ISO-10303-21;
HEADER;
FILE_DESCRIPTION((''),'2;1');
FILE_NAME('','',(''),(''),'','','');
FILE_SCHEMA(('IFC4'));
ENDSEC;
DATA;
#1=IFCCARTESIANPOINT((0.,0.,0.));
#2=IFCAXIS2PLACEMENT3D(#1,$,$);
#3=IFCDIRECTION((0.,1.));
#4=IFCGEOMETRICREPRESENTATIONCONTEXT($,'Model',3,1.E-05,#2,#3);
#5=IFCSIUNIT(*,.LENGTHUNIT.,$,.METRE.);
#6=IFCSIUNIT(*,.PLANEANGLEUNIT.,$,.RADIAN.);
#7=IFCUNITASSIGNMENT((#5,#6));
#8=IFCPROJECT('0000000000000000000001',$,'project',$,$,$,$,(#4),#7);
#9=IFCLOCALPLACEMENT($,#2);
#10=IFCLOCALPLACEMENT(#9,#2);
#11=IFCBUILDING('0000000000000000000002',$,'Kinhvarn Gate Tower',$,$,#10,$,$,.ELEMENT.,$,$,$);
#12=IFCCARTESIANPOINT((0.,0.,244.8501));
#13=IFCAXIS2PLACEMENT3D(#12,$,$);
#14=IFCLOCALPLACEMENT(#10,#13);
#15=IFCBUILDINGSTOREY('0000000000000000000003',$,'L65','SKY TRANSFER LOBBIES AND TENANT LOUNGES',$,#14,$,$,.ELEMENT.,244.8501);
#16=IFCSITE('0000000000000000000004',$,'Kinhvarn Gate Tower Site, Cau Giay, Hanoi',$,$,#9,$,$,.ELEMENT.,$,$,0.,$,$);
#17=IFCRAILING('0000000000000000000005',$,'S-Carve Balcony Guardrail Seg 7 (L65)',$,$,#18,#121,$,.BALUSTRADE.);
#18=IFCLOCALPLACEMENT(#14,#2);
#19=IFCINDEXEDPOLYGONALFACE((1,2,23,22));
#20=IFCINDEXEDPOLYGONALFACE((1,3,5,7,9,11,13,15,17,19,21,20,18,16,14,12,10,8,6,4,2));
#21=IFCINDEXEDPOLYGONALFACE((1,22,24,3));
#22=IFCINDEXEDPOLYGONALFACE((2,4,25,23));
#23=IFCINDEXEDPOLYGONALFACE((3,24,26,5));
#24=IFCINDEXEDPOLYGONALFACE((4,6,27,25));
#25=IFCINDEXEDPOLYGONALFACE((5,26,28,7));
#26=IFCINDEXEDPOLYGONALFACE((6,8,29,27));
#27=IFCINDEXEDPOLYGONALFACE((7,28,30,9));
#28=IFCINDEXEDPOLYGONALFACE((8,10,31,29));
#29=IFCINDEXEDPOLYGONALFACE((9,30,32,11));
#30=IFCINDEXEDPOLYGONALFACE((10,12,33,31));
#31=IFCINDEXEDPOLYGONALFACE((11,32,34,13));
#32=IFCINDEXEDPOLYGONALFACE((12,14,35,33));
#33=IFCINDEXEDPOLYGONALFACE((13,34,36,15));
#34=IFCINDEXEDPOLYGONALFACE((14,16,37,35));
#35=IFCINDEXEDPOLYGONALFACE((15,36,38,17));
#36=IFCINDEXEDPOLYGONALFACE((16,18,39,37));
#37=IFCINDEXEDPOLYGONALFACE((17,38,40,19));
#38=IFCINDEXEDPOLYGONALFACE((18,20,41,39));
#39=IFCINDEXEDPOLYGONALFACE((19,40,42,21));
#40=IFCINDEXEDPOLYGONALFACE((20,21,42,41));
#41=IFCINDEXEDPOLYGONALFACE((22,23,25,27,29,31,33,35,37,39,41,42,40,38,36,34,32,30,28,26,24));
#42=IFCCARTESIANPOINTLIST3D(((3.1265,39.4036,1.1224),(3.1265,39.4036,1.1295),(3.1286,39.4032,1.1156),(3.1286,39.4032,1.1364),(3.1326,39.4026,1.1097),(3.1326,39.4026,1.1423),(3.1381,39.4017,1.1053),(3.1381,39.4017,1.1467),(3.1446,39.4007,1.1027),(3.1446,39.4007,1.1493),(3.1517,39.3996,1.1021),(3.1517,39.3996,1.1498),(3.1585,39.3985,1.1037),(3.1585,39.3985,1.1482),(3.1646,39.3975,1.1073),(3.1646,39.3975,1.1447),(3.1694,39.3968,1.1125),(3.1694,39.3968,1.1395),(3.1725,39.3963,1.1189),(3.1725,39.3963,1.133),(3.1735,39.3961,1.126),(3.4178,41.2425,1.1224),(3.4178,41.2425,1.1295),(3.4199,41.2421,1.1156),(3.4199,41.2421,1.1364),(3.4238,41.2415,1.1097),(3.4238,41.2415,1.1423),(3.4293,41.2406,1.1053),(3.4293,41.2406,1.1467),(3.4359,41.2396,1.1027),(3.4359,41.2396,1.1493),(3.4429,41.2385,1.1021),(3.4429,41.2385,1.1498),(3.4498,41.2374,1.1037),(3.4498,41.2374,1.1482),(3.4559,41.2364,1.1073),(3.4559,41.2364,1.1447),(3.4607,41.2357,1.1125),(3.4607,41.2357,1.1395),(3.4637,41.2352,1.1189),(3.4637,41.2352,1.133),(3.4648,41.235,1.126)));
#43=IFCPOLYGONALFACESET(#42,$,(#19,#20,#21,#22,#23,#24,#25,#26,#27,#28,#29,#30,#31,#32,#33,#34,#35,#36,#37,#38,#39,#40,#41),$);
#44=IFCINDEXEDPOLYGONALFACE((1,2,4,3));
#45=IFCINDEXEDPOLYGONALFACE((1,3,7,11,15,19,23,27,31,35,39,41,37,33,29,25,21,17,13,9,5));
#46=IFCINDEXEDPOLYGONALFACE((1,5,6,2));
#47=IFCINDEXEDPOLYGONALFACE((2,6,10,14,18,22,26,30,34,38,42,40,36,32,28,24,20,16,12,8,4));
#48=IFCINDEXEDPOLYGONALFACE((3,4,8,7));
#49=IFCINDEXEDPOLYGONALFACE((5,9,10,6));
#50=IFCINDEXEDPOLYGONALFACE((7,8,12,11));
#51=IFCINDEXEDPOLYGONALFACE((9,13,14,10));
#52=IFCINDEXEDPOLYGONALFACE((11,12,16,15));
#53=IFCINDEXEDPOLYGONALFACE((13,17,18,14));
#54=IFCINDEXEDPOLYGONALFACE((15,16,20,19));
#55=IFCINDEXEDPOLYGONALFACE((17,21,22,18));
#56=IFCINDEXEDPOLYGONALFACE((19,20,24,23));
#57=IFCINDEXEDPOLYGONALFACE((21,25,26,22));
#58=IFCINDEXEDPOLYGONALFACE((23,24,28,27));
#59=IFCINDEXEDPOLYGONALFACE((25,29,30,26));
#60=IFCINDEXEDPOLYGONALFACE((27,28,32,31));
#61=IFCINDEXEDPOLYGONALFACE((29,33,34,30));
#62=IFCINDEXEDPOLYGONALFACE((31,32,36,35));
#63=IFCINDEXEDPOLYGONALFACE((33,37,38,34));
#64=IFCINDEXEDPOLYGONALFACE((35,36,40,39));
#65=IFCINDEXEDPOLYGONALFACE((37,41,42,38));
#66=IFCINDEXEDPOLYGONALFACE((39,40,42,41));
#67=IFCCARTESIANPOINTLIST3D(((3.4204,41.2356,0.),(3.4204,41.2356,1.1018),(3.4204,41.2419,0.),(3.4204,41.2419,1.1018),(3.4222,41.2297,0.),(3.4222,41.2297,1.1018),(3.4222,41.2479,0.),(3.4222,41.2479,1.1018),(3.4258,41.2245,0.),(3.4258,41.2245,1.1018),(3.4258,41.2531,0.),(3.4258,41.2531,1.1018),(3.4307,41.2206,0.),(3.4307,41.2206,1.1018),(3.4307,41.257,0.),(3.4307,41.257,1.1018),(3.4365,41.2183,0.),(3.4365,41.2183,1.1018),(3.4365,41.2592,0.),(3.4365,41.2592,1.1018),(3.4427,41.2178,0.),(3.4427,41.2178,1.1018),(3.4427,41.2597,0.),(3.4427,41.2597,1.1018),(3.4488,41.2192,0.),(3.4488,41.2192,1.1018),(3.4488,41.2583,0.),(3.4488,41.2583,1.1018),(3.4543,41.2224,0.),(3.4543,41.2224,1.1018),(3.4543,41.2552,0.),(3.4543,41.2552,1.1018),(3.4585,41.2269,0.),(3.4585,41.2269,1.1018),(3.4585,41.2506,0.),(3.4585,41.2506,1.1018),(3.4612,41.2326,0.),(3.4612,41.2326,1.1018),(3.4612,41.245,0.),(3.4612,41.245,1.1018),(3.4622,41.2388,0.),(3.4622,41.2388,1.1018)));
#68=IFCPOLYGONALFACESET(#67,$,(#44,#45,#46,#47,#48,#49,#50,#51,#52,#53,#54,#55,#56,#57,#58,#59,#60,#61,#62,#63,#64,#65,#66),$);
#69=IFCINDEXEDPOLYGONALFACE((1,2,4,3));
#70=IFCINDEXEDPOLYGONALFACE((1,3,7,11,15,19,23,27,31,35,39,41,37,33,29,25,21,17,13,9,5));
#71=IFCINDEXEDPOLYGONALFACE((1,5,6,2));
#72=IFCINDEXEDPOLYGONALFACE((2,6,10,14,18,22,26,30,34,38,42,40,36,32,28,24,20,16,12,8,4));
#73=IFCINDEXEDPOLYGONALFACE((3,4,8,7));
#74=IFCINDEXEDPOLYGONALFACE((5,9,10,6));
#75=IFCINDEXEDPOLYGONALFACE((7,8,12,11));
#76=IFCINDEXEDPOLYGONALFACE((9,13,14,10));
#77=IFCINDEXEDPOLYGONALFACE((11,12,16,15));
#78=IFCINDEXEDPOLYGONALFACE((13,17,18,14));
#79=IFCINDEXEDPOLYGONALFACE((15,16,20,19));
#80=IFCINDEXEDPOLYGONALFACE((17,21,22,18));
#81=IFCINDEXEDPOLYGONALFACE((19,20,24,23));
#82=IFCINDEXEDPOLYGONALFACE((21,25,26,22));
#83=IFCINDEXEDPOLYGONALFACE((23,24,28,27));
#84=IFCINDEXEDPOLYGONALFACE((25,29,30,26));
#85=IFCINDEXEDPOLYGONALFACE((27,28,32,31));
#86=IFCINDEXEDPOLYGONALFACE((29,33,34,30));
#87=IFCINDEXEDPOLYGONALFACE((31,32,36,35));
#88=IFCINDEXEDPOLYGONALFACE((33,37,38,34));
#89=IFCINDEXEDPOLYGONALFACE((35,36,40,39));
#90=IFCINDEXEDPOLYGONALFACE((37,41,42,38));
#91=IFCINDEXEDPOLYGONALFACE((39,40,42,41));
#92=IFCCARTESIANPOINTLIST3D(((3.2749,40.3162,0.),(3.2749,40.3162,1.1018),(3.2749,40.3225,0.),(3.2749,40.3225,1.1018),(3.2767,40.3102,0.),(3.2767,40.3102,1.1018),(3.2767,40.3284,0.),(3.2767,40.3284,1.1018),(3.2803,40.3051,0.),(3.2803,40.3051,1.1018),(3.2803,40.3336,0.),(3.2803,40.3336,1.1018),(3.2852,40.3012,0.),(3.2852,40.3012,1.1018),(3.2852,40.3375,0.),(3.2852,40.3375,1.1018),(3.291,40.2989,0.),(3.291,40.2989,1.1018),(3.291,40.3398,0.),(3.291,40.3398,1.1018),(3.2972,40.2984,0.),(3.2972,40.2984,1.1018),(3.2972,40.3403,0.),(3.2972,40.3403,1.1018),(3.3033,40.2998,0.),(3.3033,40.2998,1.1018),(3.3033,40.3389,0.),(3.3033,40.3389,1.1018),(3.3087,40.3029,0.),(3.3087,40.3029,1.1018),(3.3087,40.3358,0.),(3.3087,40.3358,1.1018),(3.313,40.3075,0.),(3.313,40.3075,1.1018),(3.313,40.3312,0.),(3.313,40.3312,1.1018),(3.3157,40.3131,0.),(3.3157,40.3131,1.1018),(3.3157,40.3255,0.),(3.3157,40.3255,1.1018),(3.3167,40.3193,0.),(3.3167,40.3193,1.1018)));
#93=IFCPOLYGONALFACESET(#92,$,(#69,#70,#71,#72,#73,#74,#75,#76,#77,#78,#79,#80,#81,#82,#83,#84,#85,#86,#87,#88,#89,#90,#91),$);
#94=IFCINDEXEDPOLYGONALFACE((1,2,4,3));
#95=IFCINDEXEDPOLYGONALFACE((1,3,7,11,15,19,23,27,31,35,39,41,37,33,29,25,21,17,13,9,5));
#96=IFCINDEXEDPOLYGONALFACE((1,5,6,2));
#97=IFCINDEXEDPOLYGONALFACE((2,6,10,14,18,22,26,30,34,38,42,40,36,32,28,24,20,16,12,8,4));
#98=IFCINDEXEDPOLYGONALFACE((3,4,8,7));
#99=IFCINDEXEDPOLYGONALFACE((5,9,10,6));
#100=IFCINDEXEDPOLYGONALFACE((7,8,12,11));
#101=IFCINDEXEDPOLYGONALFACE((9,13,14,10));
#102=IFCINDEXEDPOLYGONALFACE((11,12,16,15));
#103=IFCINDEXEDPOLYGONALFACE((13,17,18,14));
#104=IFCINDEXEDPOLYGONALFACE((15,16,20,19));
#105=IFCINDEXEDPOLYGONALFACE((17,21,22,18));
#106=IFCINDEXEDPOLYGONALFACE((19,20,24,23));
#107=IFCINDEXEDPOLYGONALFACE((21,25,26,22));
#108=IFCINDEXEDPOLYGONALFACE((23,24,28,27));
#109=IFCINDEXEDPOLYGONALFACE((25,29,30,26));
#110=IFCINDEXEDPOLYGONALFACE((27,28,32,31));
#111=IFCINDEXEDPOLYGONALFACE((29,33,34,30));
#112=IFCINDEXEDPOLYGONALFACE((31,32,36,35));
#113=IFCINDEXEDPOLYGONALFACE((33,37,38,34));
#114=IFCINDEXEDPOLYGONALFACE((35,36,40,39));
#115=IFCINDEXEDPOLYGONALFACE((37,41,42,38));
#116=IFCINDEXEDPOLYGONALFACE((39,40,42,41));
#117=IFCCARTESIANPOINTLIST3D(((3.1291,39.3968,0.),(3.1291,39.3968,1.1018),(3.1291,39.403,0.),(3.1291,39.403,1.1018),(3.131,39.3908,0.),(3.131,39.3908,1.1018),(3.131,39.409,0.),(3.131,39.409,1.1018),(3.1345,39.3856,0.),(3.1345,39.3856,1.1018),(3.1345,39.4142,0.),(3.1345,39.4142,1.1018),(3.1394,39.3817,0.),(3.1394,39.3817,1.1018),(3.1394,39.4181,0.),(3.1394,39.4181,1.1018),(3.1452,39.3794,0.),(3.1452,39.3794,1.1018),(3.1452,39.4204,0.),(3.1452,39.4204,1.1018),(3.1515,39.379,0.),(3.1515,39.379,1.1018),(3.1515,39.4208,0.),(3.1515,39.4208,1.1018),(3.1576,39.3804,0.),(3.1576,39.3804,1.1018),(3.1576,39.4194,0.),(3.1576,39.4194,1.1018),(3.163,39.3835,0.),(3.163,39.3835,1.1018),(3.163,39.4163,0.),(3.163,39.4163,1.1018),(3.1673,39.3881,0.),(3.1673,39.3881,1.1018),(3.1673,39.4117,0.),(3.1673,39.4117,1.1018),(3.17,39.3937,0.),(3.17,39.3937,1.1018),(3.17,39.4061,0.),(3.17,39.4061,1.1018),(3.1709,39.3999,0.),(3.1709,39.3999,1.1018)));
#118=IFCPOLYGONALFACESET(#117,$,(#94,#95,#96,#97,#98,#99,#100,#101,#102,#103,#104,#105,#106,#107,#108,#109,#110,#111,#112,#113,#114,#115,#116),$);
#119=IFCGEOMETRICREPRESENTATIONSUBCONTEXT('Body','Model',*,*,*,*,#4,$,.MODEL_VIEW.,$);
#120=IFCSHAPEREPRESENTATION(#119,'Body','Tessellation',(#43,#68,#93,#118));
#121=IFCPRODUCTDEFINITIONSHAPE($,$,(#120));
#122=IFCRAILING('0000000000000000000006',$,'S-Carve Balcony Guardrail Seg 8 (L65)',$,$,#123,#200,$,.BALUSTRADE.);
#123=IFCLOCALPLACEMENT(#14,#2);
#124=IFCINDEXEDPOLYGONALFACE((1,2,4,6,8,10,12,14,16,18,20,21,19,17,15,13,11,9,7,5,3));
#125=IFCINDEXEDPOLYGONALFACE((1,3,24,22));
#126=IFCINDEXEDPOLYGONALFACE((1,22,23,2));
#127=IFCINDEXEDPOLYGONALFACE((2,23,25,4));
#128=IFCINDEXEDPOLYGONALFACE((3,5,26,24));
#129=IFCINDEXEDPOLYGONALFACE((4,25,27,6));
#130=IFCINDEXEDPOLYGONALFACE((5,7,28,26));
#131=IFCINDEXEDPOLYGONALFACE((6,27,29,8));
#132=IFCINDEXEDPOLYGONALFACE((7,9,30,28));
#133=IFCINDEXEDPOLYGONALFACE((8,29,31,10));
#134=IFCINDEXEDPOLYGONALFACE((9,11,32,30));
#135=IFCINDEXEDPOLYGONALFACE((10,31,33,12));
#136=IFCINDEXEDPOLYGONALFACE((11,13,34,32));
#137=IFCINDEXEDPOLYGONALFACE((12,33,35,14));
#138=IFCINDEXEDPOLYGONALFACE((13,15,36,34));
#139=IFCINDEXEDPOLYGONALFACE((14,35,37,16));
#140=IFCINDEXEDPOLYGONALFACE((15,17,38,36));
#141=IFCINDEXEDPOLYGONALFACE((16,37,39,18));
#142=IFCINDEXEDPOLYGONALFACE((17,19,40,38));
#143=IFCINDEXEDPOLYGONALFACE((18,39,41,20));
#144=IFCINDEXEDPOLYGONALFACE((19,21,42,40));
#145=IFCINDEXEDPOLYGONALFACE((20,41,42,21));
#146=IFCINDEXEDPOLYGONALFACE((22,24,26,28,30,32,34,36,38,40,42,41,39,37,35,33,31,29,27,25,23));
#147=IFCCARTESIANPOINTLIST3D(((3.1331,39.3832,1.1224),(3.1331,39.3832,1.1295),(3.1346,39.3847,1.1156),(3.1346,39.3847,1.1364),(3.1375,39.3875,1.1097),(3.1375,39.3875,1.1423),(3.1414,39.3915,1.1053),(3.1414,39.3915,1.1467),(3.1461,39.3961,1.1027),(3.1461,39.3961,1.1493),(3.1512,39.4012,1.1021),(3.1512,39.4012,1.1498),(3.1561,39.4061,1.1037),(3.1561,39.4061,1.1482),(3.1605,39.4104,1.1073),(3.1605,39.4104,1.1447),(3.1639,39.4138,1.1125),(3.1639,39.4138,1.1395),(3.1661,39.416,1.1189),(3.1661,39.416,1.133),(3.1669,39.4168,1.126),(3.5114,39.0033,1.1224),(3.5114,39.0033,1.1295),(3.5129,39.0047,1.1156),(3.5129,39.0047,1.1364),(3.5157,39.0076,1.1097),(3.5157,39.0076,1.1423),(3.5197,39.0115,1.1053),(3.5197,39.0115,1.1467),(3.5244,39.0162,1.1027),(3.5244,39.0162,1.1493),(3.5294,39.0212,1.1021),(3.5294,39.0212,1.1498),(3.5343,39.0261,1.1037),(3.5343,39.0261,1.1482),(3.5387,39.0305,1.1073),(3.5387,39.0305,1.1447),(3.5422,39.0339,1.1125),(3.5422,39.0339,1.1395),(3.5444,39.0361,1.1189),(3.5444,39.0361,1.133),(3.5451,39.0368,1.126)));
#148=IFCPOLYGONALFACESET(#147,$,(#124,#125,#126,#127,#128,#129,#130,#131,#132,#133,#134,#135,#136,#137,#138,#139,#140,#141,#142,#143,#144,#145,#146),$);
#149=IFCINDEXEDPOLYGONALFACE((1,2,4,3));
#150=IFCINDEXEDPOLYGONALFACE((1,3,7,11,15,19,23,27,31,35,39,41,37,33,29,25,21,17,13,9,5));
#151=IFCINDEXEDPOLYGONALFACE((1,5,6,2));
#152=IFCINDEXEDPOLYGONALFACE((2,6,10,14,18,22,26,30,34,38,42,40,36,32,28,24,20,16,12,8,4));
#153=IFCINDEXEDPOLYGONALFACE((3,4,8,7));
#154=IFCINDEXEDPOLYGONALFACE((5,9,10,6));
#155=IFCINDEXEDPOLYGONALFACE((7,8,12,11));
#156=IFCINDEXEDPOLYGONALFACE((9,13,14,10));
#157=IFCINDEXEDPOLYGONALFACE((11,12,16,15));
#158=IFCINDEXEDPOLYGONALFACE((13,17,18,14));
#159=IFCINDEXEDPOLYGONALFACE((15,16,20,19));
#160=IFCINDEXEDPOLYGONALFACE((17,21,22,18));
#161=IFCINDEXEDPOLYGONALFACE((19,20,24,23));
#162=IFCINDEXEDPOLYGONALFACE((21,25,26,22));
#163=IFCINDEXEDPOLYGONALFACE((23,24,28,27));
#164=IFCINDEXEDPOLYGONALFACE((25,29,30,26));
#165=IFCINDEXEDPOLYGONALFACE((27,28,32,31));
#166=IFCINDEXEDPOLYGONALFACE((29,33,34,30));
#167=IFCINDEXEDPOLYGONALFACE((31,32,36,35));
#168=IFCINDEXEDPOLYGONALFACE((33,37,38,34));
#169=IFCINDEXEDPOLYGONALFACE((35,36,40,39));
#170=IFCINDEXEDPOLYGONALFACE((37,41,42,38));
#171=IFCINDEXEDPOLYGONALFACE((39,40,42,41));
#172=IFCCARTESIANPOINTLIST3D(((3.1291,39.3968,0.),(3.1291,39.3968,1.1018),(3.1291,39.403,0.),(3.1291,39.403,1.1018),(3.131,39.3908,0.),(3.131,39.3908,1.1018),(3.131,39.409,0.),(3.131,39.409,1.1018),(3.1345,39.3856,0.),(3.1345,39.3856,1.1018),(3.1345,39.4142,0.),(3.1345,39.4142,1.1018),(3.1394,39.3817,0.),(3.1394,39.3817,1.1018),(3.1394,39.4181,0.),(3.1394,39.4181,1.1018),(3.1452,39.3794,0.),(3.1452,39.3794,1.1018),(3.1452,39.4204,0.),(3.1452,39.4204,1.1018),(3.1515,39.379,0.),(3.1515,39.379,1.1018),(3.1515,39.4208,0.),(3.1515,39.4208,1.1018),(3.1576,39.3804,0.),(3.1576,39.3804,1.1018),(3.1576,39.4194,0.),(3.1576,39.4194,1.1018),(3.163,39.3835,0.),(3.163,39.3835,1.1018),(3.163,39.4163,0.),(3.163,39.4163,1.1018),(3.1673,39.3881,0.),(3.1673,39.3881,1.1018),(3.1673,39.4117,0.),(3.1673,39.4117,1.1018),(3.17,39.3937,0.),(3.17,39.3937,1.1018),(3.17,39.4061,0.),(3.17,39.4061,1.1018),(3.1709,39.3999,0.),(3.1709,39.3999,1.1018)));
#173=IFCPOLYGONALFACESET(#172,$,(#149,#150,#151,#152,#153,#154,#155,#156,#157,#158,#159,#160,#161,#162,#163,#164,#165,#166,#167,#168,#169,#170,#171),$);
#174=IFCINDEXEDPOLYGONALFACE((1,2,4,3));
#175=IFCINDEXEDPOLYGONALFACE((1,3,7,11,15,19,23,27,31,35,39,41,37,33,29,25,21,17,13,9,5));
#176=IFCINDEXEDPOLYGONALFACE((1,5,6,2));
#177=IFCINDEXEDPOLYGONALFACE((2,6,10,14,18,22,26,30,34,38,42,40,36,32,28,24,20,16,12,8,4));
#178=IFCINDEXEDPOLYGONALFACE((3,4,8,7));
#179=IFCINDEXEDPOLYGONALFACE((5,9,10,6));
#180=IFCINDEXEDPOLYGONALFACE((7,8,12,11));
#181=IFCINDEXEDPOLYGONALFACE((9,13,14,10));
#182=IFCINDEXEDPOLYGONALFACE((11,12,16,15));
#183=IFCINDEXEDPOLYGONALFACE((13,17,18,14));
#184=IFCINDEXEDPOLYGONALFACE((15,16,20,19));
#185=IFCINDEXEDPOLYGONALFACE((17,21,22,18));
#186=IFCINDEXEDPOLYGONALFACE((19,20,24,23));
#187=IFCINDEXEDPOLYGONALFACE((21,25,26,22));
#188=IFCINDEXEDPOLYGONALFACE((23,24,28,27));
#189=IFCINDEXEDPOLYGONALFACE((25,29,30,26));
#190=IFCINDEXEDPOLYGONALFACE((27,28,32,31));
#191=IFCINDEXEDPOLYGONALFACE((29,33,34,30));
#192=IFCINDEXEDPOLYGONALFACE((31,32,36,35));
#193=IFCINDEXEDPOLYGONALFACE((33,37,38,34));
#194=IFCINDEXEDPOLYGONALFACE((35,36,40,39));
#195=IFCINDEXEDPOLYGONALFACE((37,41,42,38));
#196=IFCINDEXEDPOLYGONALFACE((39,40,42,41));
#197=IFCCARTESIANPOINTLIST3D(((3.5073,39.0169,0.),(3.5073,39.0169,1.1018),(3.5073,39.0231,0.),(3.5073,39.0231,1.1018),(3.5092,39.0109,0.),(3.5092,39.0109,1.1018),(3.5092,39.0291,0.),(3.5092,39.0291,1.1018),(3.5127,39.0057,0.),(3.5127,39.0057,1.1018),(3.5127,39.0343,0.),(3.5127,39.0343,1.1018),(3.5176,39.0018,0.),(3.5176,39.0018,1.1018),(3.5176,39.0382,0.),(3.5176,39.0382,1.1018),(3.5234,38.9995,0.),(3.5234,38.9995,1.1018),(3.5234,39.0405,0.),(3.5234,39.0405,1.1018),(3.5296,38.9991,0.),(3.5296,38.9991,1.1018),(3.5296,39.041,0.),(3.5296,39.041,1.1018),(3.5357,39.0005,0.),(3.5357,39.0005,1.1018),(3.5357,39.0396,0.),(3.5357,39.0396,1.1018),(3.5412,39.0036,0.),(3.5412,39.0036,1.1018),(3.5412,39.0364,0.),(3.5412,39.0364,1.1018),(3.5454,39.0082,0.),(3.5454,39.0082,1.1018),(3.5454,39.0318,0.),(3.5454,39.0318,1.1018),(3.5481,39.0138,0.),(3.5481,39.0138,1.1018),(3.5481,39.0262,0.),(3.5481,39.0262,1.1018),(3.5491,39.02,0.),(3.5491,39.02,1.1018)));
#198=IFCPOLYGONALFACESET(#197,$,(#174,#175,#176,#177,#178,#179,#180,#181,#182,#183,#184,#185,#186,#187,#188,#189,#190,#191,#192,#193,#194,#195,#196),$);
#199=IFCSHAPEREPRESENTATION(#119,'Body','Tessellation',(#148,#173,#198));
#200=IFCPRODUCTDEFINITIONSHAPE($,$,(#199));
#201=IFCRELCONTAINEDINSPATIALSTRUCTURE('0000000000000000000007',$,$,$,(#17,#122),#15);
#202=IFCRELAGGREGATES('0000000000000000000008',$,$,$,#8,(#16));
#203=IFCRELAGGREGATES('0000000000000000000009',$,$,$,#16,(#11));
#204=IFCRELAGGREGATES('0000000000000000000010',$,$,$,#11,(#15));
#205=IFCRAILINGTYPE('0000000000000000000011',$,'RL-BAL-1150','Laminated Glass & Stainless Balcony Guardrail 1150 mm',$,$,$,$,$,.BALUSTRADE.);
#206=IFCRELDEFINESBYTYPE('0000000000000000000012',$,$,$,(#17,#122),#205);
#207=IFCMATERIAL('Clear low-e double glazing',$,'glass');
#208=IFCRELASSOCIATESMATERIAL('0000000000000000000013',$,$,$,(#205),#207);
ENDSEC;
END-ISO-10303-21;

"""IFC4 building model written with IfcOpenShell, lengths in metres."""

from ifc_helpers import new_model, si_unit, direction, frame, origin, origin_2d, place, context, subcontext, project, spatial, circle, extrude, material, type_object, element, save


model = new_model("IFC4")

# Units and contexts
model_context = context("Model", 3, precision=1e-05, world=origin(), true_north=direction((0.0, 1.0)))
body_context = subcontext(model_context, "Body", "Model", "MODEL_VIEW")
ifc_project = project(units=[si_unit("LENGTHUNIT", "METRE"), si_unit("PLANEANGLEUNIT", "RADIAN")], contexts=[model_context])

# Site, building, storey
site_placement = place(None, origin())
site = spatial("IfcSite", under=ifc_project, at=site_placement, Name="Kinhvarn Gate Tower Site, Cau Giay, Hanoi", CompositionType="ELEMENT", RefElevation=0.0)
building_placement = place(site_placement, origin())
building = spatial("IfcBuilding", under=site, at=building_placement, Name="Kinhvarn Gate Tower", CompositionType="ELEMENT")
storey_placement = place(building_placement, frame((0.0, 0.0, 244.8501)))
storey = spatial("IfcBuildingStorey", under=building, at=storey_placement, Name="L65", Description="SKY TRANSFER LOBBIES AND TENANT LOUNGES", CompositionType="ELEMENT", Elevation=244.8501)

# Shared definitions
ifc_material_1 = material(Name="Clear low-e double glazing", Category="glass")

# Railings
railing_type_1 = type_object("IfcRailingType", Name="RL-BAL-1150", Description="Laminated Glass & Stainless Balcony Guardrail 1150 mm", PredefinedType="BALUSTRADE", material=ifc_material_1)
railing_1_placement = place(storey_placement, frame((3.4412, 41.2388, 0.0)))
element("IfcRailing", 1, at=railing_1_placement, inside=storey, type_object=railing_type_1, Name="S-Carve Balcony Guardrail Seg 7 (L65)", PredefinedType="BALUSTRADE", context=body_context, shape_type="SweptSolid", body=[
    extrude(circle(Radius=0.0239, at=origin_2d()), frame((0.0, 0.0, 1.126), z_axis=(-0.156441, -0.987687, 0.0), x_axis=(0.987687, -0.156441, 0.0)), (0.0, 0.0, 1.0), 1.8618),
    extrude(circle(Radius=0.021, at=origin_2d()), origin(), (0.0, 0.0, 1.0), 1.1018),
    extrude(circle(Radius=0.021, at=origin_2d()), frame((-0.1455, -0.9194, 0.0)), (0.0, 0.0, 1.0), 1.1018),
    extrude(circle(Radius=0.021, at=origin_2d()), frame((-0.2913, -1.8389, 0.0)), (0.0, 0.0, 1.0), 1.1018),
])
railing_2_placement = place(storey_placement, frame((3.1499, 39.3999, 0.0)))
element("IfcRailing", 2, at=railing_2_placement, inside=storey, type_object=railing_type_1, Name="S-Carve Balcony Guardrail Seg 8 (L65)", PredefinedType="BALUSTRADE", context=body_context, shape_type="SweptSolid", body=[
    extrude(circle(Radius=0.0239, at=origin_2d()), frame((0.0, 0.0, 1.126), z_axis=(0.705511, -0.708699, 0.0), x_axis=(0.708699, 0.705511, 0.0)), (0.0, 0.0, 1.0), 0.5361),
    extrude(circle(Radius=0.021, at=origin_2d()), origin(), (0.0, 0.0, 1.0), 1.1018),
    extrude(circle(Radius=0.021, at=origin_2d()), frame((0.3782, -0.3799, 0.0)), (0.0, 0.0, 1.0), 1.1018),
])

save(model, "model.ifc")
